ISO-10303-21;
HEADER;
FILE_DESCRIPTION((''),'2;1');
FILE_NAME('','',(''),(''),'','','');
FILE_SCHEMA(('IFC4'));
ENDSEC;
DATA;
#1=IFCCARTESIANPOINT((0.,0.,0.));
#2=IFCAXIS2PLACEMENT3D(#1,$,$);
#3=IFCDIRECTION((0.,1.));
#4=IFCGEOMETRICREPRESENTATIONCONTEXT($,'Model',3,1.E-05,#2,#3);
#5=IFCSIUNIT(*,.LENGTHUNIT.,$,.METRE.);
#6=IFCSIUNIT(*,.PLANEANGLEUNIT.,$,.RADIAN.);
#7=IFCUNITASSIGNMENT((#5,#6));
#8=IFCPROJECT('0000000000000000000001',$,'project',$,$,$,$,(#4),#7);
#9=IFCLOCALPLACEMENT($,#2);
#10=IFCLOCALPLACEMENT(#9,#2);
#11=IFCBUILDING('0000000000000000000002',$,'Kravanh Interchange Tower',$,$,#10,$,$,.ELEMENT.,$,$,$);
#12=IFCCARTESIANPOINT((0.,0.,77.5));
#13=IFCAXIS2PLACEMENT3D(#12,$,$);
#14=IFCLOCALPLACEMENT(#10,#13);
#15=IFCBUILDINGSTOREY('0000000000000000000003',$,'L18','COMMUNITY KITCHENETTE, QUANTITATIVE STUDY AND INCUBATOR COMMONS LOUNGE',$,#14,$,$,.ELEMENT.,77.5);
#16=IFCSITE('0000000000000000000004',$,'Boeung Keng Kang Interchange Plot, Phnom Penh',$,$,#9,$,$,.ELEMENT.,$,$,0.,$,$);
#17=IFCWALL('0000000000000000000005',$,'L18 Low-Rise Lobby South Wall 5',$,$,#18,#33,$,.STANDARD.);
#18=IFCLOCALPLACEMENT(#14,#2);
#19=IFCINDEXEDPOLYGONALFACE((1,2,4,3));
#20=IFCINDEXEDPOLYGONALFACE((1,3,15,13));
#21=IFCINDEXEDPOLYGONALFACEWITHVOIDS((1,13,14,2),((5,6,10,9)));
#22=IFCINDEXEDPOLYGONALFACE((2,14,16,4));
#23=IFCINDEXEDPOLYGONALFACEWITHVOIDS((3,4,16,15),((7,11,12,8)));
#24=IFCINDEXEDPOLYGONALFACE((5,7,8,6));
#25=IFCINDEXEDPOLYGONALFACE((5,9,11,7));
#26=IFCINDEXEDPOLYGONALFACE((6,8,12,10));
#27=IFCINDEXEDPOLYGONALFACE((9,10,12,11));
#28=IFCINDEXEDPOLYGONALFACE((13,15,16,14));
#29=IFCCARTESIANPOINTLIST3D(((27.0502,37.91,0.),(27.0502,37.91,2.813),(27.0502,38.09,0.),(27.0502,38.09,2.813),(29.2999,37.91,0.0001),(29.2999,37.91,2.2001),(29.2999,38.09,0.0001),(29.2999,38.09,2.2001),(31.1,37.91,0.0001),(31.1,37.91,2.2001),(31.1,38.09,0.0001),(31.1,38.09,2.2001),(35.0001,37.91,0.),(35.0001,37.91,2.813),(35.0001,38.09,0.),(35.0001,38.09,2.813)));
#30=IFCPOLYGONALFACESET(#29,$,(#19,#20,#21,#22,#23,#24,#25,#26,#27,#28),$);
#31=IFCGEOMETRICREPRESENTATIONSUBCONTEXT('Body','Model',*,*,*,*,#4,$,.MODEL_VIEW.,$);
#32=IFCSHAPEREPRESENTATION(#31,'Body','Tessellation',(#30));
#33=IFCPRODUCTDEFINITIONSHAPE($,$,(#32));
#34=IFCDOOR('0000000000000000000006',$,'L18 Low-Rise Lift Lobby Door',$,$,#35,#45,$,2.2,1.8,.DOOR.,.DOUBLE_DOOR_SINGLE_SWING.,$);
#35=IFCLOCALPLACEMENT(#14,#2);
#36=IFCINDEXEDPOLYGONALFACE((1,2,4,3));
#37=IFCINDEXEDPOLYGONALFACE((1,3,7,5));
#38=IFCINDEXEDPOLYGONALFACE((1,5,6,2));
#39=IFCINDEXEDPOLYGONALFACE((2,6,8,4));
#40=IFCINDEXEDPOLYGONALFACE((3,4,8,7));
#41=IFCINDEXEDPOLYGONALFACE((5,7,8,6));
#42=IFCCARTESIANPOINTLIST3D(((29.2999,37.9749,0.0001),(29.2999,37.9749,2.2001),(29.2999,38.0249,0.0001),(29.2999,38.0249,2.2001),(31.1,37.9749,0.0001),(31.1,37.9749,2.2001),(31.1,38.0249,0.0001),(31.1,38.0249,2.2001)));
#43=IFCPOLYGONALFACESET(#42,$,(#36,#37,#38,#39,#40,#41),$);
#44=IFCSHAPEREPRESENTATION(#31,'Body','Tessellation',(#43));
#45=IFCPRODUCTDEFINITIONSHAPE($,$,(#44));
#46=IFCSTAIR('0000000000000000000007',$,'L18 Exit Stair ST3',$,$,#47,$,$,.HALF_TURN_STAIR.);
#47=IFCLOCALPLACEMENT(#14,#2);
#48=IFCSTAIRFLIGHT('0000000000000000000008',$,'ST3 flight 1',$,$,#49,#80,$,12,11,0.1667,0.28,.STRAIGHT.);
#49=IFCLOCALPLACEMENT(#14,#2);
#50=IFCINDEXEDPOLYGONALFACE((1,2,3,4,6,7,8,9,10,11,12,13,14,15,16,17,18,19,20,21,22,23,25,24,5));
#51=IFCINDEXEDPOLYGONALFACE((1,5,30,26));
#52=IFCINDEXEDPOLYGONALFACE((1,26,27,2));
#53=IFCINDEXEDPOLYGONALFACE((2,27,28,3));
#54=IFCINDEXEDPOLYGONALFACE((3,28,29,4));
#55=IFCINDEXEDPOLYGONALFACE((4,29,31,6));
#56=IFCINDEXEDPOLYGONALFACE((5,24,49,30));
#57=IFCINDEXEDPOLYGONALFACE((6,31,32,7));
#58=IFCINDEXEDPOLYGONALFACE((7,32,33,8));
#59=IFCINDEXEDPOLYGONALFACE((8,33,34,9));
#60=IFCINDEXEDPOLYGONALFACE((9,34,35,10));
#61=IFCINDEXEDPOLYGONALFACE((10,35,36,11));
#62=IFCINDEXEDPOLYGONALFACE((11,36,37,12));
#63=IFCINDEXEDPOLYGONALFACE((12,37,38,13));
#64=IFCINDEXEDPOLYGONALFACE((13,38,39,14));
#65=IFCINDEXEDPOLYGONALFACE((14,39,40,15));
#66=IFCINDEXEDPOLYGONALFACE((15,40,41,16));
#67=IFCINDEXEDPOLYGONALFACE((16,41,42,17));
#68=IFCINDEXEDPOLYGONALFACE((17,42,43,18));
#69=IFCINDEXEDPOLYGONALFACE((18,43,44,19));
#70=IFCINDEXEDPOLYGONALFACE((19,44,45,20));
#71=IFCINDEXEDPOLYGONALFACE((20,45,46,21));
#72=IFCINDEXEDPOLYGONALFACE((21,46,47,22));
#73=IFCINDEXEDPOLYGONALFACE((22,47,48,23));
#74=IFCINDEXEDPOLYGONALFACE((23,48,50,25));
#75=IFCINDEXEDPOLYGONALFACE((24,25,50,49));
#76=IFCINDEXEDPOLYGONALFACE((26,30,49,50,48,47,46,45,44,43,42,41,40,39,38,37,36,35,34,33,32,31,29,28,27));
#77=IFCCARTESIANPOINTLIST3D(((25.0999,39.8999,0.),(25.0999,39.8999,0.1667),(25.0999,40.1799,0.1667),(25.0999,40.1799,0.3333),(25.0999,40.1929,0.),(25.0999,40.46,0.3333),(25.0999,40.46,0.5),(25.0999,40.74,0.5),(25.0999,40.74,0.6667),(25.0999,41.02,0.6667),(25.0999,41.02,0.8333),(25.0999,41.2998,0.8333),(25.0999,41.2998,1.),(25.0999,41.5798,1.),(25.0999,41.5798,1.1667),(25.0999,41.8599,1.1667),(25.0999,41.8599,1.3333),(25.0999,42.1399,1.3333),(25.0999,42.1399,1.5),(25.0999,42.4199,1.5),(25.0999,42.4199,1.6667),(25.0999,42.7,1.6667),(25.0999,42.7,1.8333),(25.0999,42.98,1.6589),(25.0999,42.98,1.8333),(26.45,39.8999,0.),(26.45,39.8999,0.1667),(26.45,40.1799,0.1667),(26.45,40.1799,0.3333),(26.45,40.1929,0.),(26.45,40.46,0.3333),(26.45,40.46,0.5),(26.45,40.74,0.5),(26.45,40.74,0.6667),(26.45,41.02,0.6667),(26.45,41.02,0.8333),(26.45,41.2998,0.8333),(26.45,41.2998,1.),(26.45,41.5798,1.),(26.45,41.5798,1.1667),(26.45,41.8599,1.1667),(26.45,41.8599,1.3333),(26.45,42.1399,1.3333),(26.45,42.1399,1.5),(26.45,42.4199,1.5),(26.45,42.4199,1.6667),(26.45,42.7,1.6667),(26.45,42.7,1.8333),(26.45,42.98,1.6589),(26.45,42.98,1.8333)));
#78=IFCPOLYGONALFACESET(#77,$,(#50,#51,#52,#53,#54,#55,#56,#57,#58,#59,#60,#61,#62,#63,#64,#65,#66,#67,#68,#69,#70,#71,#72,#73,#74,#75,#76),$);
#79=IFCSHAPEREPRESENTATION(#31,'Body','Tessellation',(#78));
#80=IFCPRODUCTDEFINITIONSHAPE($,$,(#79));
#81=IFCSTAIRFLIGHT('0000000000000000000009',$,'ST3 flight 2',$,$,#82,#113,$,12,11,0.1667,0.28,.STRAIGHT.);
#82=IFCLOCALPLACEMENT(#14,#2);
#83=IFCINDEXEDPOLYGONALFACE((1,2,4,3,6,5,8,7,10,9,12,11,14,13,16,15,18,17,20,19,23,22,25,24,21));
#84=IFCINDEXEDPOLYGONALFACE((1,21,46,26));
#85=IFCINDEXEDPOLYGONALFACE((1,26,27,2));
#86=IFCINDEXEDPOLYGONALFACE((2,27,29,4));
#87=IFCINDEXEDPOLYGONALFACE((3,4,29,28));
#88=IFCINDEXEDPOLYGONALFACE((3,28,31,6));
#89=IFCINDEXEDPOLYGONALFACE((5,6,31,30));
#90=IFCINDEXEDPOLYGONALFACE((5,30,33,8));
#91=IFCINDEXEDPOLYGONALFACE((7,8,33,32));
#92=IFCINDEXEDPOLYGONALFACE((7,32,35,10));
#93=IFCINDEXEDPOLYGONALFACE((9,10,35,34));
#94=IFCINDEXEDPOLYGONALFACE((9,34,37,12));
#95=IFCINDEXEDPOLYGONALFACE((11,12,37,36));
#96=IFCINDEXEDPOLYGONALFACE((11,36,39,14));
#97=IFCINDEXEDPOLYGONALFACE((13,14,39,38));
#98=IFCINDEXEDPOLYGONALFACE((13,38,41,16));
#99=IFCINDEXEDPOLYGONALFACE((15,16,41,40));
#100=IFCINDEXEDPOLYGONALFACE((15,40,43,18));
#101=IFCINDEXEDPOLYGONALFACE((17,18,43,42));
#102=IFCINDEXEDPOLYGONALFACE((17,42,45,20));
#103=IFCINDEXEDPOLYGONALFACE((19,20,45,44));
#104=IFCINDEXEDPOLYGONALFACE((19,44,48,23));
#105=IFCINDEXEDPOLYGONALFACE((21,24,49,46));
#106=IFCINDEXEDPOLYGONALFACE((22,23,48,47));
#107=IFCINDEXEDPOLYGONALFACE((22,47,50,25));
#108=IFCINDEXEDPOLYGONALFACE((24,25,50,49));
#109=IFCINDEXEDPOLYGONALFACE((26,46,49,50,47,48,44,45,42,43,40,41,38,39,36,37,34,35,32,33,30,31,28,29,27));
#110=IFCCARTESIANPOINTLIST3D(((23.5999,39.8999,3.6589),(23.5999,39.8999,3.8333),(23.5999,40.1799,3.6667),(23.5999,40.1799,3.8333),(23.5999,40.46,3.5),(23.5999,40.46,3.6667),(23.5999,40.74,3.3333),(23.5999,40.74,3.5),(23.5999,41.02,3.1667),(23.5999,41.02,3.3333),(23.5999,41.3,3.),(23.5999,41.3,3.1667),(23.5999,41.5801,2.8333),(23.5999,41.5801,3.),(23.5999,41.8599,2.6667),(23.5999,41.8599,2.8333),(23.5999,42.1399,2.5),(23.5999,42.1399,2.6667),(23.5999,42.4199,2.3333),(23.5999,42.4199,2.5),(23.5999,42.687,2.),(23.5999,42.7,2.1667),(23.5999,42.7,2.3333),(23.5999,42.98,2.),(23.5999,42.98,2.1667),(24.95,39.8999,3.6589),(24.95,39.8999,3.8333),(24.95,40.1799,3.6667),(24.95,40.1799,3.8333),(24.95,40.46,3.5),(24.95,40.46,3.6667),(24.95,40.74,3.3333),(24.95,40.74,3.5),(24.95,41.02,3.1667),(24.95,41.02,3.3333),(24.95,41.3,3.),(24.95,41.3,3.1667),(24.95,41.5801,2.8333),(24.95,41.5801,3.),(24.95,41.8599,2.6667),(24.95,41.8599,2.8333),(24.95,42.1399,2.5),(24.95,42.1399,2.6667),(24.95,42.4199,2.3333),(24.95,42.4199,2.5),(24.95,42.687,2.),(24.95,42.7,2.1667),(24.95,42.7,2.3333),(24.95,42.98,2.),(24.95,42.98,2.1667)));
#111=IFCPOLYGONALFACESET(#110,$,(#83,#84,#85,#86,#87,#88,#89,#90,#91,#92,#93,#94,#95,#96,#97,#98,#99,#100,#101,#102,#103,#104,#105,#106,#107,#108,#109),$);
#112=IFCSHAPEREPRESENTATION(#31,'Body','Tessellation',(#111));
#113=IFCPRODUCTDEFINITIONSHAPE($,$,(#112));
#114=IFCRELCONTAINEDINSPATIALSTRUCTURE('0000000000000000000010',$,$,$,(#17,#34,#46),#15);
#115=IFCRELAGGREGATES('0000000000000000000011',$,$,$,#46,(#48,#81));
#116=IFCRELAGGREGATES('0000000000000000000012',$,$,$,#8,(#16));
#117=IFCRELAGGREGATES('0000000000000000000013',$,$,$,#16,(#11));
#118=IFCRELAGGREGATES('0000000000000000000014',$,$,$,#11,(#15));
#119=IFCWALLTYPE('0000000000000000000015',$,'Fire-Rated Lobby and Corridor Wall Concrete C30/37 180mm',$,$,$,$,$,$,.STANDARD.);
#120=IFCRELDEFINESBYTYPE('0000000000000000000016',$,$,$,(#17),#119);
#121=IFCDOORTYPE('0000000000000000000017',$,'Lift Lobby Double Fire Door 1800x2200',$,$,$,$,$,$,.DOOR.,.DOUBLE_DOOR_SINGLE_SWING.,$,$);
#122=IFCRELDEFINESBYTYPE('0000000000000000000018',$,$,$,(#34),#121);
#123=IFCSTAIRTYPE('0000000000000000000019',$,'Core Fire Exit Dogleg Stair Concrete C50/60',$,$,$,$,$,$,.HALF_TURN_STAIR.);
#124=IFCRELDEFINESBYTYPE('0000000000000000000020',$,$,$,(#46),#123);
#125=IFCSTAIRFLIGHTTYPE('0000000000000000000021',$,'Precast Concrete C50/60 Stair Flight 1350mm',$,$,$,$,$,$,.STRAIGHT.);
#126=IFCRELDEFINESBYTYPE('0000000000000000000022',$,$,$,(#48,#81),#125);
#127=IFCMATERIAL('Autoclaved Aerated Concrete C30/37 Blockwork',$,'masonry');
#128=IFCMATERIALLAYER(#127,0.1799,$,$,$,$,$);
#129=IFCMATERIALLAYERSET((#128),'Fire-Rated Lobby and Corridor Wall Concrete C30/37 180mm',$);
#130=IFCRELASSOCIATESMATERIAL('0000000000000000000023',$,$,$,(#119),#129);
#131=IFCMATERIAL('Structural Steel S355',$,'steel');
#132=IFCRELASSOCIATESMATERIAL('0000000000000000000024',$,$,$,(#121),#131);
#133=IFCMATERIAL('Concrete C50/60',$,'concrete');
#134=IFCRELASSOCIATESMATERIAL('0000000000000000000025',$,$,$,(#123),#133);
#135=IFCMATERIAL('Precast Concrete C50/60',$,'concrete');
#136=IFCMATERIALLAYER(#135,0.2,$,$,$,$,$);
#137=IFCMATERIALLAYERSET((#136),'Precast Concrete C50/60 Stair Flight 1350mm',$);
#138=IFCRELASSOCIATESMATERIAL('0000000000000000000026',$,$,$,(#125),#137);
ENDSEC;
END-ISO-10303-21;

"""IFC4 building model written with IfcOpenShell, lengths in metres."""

from ifc_helpers import new_model, si_unit, direction, frame, frame_2d, origin, place, context, subcontext, project, spatial, polyline, rectangle, outline, extrude, material, layer, layer_set, type_object, element, fill, aggregate, save


model = new_model("IFC4")

# Units and contexts
model_context = context("Model", 3, precision=1e-05, world=origin(), true_north=direction((0.0, 1.0)))
body_context = subcontext(model_context, "Body", "Model", "MODEL_VIEW")
ifc_project = project(units=[si_unit("LENGTHUNIT", "METRE"), si_unit("PLANEANGLEUNIT", "RADIAN")], contexts=[model_context])

# Site, building, storey
site_placement = place(None, origin())
site = spatial("IfcSite", under=ifc_project, at=site_placement, Name="Boeung Keng Kang Interchange Plot, Phnom Penh", CompositionType="ELEMENT", RefElevation=0.0)
building_placement = place(site_placement, origin())
building = spatial("IfcBuilding", under=site, at=building_placement, Name="Kravanh Interchange Tower", CompositionType="ELEMENT")
storey_placement = place(building_placement, frame((0.0, 0.0, 77.5)))
storey = spatial("IfcBuildingStorey", under=building, at=storey_placement, Name="L18", Description="COMMUNITY KITCHENETTE, QUANTITATIVE STUDY AND INCUBATOR COMMONS LOUNGE", CompositionType="ELEMENT", Elevation=77.5)

# Wall, opening, door
ifc_material_1 = material(Name="Autoclaved Aerated Concrete C30/37 Blockwork", Category="masonry")
ifc_layer_1 = layer(ifc_material_1, 0.1799)
ifc_layer_set_1 = layer_set([ifc_layer_1], Name="Fire-Rated Lobby and Corridor Wall Concrete C30/37 180mm")
wall_type_1 = type_object("IfcWallType", Name="Fire-Rated Lobby and Corridor Wall Concrete C30/37 180mm", PredefinedType="STANDARD", material=ifc_layer_set_1)
wall_1_placement = place(storey_placement, frame((27.05, 38.0, 0.0), z_axis=(0.0, 0.0, 1.0), x_axis=(1.0, 0.0, 0.0)))
wall_1 = element("IfcWall", 1, at=wall_1_placement, inside=storey, type_object=wall_type_1, Name="L18 Low-Rise Lobby South Wall 5", PredefinedType="STANDARD", context=body_context, shape_type="SweptSolid", body=[
    extrude(rectangle(XDim=7.95, YDim=0.1799, at=frame_2d((3.9751, 0.0))), origin(), (0.0, 0.0, 1.0), 2.813),
])
opening_1_placement = place(wall_1_placement, frame((2.25, 0.0, 0.0)))
opening_1 = element("IfcOpeningElement", 2, at=opening_1_placement, cuts=wall_1, PredefinedType="OPENING", context=body_context, shape_type="SweptSolid", body=[
    extrude(rectangle(XDim=1.8, YDim=2.2, at=frame_2d((0.8999, 1.1001))), frame((0.0, 0.1001, 0.0), z_axis=(0.0, -1.0, 0.0), x_axis=(1.0, 0.0, 0.0)), (0.0, 0.0, 1.0), 0.2),
])
ifc_material_2 = material(Name="Structural Steel S355", Category="steel")
door_type_1 = type_object("IfcDoorType", Name="Lift Lobby Double Fire Door 1800x2200", OperationType="DOUBLE_DOOR_SINGLE_SWING", PredefinedType="DOOR", material=ifc_material_2)
door_1_placement = place(opening_1_placement, origin())
door_1 = element("IfcDoor", 3, at=door_1_placement, inside=storey, type_object=door_type_1, Name="L18 Low-Rise Lift Lobby Door", OperationType="DOUBLE_DOOR_SINGLE_SWING", OverallHeight=2.2, OverallWidth=1.8, PredefinedType="DOOR", context=body_context, shape_type="SweptSolid", body=[
    extrude(rectangle(XDim=1.8, YDim=2.2, at=frame_2d((0.8999, 1.1001))), frame((0.0, 0.0249, 0.0), z_axis=(0.0, -1.0, 0.0), x_axis=(1.0, 0.0, 0.0)), (0.0, 0.0, 1.0), 0.05),
])
fill(opening_1, door_1)

# Stair, stair flights
ifc_material_3 = material(Name="Concrete C50/60", Category="concrete")
stair_type = type_object("IfcStairType", Name="Core Fire Exit Dogleg Stair Concrete C50/60", PredefinedType="HALF_TURN_STAIR", material=ifc_material_3)
stair_placement = place(storey_placement, origin())
stair = element("IfcStair", 4, at=stair_placement, inside=storey, type_object=stair_type, Name="L18 Exit Stair ST3", PredefinedType="HALF_TURN_STAIR")
ifc_material_4 = material(Name="Precast Concrete C50/60", Category="concrete")
ifc_layer_2 = layer(ifc_material_4, 0.2)
ifc_layer_set_2 = layer_set([ifc_layer_2], Name="Precast Concrete C50/60 Stair Flight 1350mm")
stair_flight_type = type_object("IfcStairFlightType", Name="Precast Concrete C50/60 Stair Flight 1350mm", PredefinedType="STRAIGHT", material=ifc_layer_set_2)
stair_flight_1_placement = place(storey_placement, frame((25.7749, 39.8999, 0.0), z_axis=(0.0, 0.0, 1.0), x_axis=(0.0, 1.0, 0.0)))
stair_flight_1 = element("IfcStairFlight", 5, at=stair_flight_1_placement, type_object=stair_flight_type, Name="ST3 flight 1", NumberOfRisers=12, NumberOfTreads=11, PredefinedType="STRAIGHT", RiserHeight=0.1667, TreadLength=0.28, context=body_context, shape_type="SweptSolid", body=[
    extrude(outline(polyline([(0.0, 0.0), (0.0, 0.1667), (0.28, 0.1667), (0.28, 0.3333), (0.5601, 0.3333), (0.5601, 0.5), (0.8401, 0.5), (0.8401, 0.6667), (1.1201, 0.6667), (1.1201, 0.8333), (1.3999, 0.8333), (1.3999, 1.0), (1.6799, 1.0), (1.6799, 1.1667), (1.96, 1.1667), (1.96, 1.3333), (2.24, 1.3333), (2.24, 1.5), (2.52, 1.5), (2.52, 1.6667), (2.8, 1.6667), (2.8, 1.8333), (3.0801, 1.8333), (3.0801, 2.0), (3.0801, 1.6589), (0.293, 0.0), (0.0, 0.0)])), frame((0.0, 0.675, 0.0), z_axis=(0.0, -1.0, 0.0), x_axis=(1.0, 0.0, 0.0)), (0.0, 0.0, 1.0), 1.3501),
])
stair_flight_2_placement = place(storey_placement, frame((24.2749, 42.98, 2.0), z_axis=(0.0, 0.0, 1.0), x_axis=(0.0, -1.0, 0.0)))
stair_flight_2 = element("IfcStairFlight", 6, at=stair_flight_2_placement, type_object=stair_flight_type, Name="ST3 flight 2", NumberOfRisers=12, NumberOfTreads=11, PredefinedType="STRAIGHT", RiserHeight=0.1667, TreadLength=0.28, context=body_context, shape_type="SweptSolid", body=[
    extrude(outline(polyline([(0.0, 0.0), (0.0, 0.1667), (0.28, 0.1667), (0.28, 0.3333), (0.5601, 0.3333), (0.5601, 0.5), (0.8401, 0.5), (0.8401, 0.6667), (1.1201, 0.6667), (1.1201, 0.8333), (1.3999, 0.8333), (1.3999, 1.0), (1.6799, 1.0), (1.6799, 1.1667), (1.96, 1.1667), (1.96, 1.3333), (2.24, 1.3333), (2.24, 1.5), (2.52, 1.5), (2.52, 1.6667), (2.8, 1.6667), (2.8, 1.8333), (3.0801, 1.8333), (3.0801, 2.0), (3.0801, 1.6589), (0.293, 0.0), (0.0, 0.0)])), frame((0.0, 0.675, 0.0), z_axis=(0.0, -1.0, 0.0), x_axis=(1.0, 0.0, 0.0)), (0.0, 0.0, 1.0), 1.3501),
])
aggregate(stair, [stair_flight_1, stair_flight_2])

save(model, "model.ifc")
